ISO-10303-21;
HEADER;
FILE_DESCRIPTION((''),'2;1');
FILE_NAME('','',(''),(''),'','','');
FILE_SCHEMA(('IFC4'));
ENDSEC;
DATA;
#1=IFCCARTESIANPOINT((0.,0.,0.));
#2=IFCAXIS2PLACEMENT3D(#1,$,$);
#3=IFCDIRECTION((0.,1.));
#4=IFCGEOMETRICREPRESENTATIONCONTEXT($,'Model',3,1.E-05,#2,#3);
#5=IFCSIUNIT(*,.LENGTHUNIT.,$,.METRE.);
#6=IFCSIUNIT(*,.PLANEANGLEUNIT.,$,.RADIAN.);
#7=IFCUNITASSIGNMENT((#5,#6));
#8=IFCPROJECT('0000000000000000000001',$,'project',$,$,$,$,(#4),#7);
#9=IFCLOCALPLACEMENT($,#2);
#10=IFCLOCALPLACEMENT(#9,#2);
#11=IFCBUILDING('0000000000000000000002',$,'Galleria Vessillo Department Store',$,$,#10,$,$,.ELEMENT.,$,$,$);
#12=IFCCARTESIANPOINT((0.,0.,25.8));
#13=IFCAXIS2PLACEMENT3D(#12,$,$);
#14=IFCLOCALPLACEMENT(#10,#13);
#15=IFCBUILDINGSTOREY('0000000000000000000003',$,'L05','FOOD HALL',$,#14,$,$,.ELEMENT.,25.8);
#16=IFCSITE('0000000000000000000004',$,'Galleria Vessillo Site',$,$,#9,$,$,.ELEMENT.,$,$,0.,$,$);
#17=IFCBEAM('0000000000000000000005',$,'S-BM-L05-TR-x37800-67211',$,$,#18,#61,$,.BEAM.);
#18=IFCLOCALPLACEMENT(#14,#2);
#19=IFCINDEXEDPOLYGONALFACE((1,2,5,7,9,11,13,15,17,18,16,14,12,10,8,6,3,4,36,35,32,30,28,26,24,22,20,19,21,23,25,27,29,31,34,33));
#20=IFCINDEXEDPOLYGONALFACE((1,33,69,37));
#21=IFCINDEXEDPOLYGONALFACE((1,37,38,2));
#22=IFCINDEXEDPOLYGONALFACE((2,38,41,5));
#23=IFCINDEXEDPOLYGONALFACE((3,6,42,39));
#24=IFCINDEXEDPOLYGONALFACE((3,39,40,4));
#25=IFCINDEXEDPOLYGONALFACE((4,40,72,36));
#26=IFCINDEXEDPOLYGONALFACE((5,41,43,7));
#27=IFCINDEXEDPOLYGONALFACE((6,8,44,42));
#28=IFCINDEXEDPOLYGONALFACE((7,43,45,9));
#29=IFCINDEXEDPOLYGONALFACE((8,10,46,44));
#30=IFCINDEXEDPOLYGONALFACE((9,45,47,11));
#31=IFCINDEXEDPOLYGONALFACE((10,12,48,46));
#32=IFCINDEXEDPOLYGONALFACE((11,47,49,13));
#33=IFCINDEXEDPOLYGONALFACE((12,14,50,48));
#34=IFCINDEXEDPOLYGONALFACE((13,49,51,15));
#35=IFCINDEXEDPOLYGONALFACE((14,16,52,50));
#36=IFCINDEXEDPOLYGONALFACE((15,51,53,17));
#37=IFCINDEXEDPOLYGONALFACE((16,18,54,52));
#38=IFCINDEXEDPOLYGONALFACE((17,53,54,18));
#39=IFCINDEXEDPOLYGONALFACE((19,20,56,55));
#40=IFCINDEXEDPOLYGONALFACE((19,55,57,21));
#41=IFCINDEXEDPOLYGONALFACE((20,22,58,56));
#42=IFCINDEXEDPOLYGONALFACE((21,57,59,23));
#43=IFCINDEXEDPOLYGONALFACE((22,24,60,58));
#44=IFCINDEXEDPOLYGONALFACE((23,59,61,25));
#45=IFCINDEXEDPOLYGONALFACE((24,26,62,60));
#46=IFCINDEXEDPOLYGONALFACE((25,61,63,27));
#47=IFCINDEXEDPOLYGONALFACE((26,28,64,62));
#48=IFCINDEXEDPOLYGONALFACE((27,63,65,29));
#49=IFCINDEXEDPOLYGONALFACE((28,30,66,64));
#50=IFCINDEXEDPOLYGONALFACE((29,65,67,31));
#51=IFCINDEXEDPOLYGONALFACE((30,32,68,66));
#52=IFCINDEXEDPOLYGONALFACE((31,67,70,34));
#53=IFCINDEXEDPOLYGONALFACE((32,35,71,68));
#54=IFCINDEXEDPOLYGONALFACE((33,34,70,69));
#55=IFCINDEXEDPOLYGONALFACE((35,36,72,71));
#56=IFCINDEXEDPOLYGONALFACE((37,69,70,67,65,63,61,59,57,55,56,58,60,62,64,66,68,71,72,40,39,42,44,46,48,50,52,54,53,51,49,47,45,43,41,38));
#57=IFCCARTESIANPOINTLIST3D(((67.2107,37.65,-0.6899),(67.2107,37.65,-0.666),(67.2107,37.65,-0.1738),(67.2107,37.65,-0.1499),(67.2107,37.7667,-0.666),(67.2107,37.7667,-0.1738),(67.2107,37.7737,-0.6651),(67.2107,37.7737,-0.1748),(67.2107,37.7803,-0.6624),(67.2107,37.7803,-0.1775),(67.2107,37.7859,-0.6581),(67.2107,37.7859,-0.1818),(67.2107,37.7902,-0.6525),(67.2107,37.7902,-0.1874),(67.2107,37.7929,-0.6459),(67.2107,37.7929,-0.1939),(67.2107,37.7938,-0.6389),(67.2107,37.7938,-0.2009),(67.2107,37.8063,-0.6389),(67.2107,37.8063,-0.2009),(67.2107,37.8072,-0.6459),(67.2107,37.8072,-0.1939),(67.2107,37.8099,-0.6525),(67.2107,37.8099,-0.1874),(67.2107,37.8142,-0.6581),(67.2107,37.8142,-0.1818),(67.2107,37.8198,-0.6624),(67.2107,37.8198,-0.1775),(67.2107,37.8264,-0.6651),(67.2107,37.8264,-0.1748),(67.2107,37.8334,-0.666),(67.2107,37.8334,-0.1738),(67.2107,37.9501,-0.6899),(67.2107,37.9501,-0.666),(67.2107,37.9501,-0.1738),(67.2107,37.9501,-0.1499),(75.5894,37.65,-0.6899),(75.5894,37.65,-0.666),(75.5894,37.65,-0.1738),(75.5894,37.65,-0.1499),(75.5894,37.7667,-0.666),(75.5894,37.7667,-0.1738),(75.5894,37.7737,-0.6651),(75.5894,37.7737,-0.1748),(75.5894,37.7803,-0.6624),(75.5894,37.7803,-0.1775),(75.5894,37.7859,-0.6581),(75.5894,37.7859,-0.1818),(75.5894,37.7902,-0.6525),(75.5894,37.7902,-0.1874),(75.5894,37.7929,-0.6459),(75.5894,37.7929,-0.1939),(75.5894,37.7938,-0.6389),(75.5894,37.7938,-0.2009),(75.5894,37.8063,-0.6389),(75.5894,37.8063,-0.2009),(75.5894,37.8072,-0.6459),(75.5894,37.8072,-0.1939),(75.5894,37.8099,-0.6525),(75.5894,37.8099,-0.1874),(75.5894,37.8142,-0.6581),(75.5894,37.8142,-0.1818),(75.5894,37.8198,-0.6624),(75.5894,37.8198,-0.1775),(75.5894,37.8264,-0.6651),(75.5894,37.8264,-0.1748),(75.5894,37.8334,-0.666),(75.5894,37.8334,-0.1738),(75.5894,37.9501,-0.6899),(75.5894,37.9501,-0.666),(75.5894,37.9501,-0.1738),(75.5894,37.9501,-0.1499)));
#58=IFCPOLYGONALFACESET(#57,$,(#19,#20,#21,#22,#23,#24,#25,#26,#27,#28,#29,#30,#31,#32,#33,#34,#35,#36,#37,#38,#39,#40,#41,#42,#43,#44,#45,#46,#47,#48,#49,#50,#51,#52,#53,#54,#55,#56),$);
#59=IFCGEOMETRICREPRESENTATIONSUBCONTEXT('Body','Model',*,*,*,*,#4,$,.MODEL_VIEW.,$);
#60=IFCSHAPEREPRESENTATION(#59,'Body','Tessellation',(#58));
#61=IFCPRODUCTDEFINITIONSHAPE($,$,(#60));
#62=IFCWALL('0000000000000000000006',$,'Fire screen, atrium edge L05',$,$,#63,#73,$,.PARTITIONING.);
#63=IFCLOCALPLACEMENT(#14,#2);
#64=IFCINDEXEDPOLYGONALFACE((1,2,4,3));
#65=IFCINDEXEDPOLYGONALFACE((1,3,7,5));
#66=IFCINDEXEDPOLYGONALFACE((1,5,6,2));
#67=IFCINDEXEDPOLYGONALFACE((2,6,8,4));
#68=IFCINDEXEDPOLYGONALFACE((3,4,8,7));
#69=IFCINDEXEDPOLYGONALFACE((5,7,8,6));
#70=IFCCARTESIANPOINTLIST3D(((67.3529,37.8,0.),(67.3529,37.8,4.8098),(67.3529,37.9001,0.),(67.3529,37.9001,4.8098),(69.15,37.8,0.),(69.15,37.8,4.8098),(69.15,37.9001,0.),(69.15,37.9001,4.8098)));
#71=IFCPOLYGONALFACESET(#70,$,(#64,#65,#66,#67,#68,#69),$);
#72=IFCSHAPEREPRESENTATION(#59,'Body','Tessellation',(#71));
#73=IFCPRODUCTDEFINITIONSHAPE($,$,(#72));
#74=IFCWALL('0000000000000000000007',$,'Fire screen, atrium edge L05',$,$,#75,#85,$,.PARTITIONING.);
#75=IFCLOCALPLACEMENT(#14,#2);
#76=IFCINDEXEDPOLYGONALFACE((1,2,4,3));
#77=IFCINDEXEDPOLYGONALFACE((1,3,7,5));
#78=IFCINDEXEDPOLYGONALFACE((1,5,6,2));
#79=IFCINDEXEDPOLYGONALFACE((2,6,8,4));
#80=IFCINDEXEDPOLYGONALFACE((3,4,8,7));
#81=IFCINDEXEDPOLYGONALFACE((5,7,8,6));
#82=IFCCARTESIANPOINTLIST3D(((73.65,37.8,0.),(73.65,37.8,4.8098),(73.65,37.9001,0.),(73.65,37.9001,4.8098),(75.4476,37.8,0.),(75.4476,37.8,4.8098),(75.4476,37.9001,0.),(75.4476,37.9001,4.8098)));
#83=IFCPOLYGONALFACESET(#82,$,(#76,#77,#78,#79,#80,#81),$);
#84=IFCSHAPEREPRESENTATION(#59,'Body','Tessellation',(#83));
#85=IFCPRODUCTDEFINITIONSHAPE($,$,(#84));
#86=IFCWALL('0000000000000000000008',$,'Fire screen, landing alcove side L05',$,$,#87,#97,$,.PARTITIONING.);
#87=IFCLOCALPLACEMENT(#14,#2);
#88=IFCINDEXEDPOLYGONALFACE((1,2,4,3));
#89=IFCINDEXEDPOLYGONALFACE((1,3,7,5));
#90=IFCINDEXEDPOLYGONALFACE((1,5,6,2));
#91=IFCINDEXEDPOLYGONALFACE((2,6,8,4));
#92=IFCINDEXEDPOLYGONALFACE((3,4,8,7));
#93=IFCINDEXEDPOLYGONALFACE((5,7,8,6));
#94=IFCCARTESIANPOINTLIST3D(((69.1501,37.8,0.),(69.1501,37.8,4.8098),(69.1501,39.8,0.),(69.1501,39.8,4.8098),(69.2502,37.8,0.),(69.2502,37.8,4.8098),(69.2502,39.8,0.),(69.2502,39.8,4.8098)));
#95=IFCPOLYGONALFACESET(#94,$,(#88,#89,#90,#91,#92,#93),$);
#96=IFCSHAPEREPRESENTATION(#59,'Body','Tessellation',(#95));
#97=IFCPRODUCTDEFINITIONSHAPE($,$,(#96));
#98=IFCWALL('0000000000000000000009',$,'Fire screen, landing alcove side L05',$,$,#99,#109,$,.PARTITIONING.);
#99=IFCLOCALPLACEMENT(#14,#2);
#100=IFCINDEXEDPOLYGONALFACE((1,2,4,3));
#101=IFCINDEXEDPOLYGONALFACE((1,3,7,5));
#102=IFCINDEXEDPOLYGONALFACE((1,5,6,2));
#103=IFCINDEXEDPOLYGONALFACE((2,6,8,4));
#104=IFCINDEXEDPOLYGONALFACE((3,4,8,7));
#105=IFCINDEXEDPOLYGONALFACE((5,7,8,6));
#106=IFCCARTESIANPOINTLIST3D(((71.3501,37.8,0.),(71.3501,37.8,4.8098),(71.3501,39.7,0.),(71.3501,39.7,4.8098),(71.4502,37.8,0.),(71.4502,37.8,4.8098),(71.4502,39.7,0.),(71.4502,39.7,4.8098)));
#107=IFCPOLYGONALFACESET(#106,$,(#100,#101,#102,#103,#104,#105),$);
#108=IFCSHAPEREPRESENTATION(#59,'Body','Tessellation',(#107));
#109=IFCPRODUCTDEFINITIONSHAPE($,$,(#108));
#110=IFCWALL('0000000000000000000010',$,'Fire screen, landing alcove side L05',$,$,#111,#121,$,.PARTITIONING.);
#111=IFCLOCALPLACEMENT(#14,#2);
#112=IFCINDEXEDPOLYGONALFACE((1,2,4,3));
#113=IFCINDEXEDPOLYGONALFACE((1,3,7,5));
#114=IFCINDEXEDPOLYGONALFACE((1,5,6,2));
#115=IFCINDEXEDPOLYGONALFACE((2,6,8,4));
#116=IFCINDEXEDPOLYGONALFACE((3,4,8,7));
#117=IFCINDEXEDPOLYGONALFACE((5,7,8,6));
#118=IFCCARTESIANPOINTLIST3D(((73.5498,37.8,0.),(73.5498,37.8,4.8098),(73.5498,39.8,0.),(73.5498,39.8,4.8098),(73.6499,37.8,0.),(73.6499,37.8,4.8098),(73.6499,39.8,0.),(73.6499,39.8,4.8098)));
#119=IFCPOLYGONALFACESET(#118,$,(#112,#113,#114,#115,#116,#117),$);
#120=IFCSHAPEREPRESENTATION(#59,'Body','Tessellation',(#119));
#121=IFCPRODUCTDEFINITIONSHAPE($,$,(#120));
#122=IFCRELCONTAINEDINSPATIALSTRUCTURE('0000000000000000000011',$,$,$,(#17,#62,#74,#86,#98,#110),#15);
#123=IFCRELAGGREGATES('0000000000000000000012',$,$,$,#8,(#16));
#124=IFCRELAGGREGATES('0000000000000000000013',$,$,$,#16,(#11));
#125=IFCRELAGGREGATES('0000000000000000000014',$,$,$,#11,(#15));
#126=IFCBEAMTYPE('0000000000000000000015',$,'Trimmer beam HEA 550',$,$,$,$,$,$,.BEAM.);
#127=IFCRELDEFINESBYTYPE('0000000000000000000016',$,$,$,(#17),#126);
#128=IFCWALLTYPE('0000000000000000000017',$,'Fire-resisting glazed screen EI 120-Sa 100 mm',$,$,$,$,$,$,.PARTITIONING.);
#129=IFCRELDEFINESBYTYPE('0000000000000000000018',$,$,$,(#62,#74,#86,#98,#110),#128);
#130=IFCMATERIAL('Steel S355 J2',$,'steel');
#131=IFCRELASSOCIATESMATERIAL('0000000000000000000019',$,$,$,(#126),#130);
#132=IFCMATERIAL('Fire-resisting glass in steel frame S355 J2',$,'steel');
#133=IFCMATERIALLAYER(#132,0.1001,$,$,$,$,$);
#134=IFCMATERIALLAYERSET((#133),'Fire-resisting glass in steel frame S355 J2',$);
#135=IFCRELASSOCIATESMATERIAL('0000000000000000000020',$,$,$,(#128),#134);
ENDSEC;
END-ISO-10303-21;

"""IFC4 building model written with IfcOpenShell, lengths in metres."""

from ifc_helpers import new_model, si_unit, direction, frame, frame_2d, origin, origin_2d, place, context, subcontext, project, spatial, rectangle, i_section, extrude, material, layer, layer_set, material_profile, profile_set, type_object, element, save


model = new_model("IFC4")

# Units and contexts
model_context = context("Model", 3, precision=1e-05, world=origin(), true_north=direction((0.0, 1.0)))
body_context = subcontext(model_context, "Body", "Model", "MODEL_VIEW")
ifc_project = project(units=[si_unit("LENGTHUNIT", "METRE"), si_unit("PLANEANGLEUNIT", "RADIAN")], contexts=[model_context])

# Site, building, storey
site_placement = place(None, origin())
site = spatial("IfcSite", under=ifc_project, at=site_placement, Name="Galleria Vessillo Site", CompositionType="ELEMENT", RefElevation=0.0)
building_placement = place(site_placement, origin())
building = spatial("IfcBuilding", under=site, at=building_placement, Name="Galleria Vessillo Department Store", CompositionType="ELEMENT")
storey_placement = place(building_placement, frame((0.0, 0.0, 25.8)))
storey = spatial("IfcBuildingStorey", under=building, at=storey_placement, Name="L05", Description="FOOD HALL", CompositionType="ELEMENT", Elevation=25.8)

# Beam
ifc_material_1 = material(Name="Steel S355 J2", Category="steel")
ifc_material_profile_1 = material_profile(ifc_material_1, i_section(OverallWidth=0.3, OverallDepth=0.54, WebThickness=0.0125, FlangeThickness=0.0239, FilletRadius=0.0271, at=origin_2d()), Name="HEA 550")
ifc_profile_set_1 = profile_set([ifc_material_profile_1], Name="Steel S355 J2")
beam_type_1 = type_object("IfcBeamType", Name="Trimmer beam HEA 550", PredefinedType="BEAM", material=ifc_profile_set_1)
beam_1_placement = place(storey_placement, frame((67.2107, 37.8, -0.4199), z_axis=(1.0, 0.0, 0.0), x_axis=(0.0, 1.0, 0.0)))
element("IfcBeam", 1, at=beam_1_placement, inside=storey, type_object=beam_type_1, Name="S-BM-L05-TR-x37800-67211", PredefinedType="BEAM", context=body_context, shape_type="SweptSolid", body=[
    extrude(i_section(OverallWidth=0.3, OverallDepth=0.54, WebThickness=0.0125, FlangeThickness=0.0239, FilletRadius=0.0271, at=origin_2d()), origin(), (0.0, 0.0, 1.0), 8.3787),
])

# Walls
ifc_material_2 = material(Name="Fire-resisting glass in steel frame S355 J2", Category="steel")
ifc_layer = layer(ifc_material_2, 0.1001)
ifc_layer_set = layer_set([ifc_layer], Name="Fire-resisting glass in steel frame S355 J2")
wall_type = type_object("IfcWallType", Name="Fire-resisting glazed screen EI 120-Sa 100 mm", PredefinedType="PARTITIONING", material=ifc_layer_set)
wall_1_placement = place(storey_placement, frame((67.353, 37.8501, 0.0), z_axis=(0.0, 0.0, 1.0), x_axis=(1.0, 0.0, 0.0)))
element("IfcWall", 2, at=wall_1_placement, inside=storey, type_object=wall_type, Name="Fire screen, atrium edge L05", PredefinedType="PARTITIONING", context=body_context, shape_type="SweptSolid", body=[
    extrude(rectangle(XDim=1.7971, YDim=0.1001, at=frame_2d((0.8984, 0.0))), origin(), (0.0, 0.0, 1.0), 4.8098),
])
wall_2_placement = place(storey_placement, frame((73.6499, 37.8501, 0.0), z_axis=(0.0, 0.0, 1.0), x_axis=(1.0, 0.0, 0.0)))
element("IfcWall", 3, at=wall_2_placement, inside=storey, type_object=wall_type, Name="Fire screen, atrium edge L05", PredefinedType="PARTITIONING", context=body_context, shape_type="SweptSolid", body=[
    extrude(rectangle(XDim=1.7976, YDim=0.1001, at=frame_2d((0.8989, 0.0))), origin(), (0.0, 0.0, 1.0), 4.8098),
])
wall_3_placement = place(storey_placement, frame((69.2002, 37.8, 0.0), z_axis=(0.0, 0.0, 1.0), x_axis=(0.0, 1.0, 0.0)))
element("IfcWall", 4, at=wall_3_placement, inside=storey, type_object=wall_type, Name="Fire screen, landing alcove side L05", PredefinedType="PARTITIONING", context=body_context, shape_type="SweptSolid", body=[
    extrude(rectangle(XDim=2.0, YDim=0.1001, at=frame_2d((1.0, 0.0))), origin(), (0.0, 0.0, 1.0), 4.8098),
])
wall_4_placement = place(storey_placement, frame((71.4001, 37.8, 0.0), z_axis=(0.0, 0.0, 1.0), x_axis=(0.0, 1.0, 0.0)))
element("IfcWall", 5, at=wall_4_placement, inside=storey, type_object=wall_type, Name="Fire screen, landing alcove side L05", PredefinedType="PARTITIONING", context=body_context, shape_type="SweptSolid", body=[
    extrude(rectangle(XDim=1.8999, YDim=0.1001, at=frame_2d((0.95, 0.0))), origin(), (0.0, 0.0, 1.0), 4.8098),
])
wall_5_placement = place(storey_placement, frame((73.5999, 37.8, 0.0), z_axis=(0.0, 0.0, 1.0), x_axis=(0.0, 1.0, 0.0)))
element("IfcWall", 6, at=wall_5_placement, inside=storey, type_object=wall_type, Name="Fire screen, landing alcove side L05", PredefinedType="PARTITIONING", context=body_context, shape_type="SweptSolid", body=[
    extrude(rectangle(XDim=2.0, YDim=0.1001, at=frame_2d((1.0, 0.0))), origin(), (0.0, 0.0, 1.0), 4.8098),
])

save(model, "model.ifc")
